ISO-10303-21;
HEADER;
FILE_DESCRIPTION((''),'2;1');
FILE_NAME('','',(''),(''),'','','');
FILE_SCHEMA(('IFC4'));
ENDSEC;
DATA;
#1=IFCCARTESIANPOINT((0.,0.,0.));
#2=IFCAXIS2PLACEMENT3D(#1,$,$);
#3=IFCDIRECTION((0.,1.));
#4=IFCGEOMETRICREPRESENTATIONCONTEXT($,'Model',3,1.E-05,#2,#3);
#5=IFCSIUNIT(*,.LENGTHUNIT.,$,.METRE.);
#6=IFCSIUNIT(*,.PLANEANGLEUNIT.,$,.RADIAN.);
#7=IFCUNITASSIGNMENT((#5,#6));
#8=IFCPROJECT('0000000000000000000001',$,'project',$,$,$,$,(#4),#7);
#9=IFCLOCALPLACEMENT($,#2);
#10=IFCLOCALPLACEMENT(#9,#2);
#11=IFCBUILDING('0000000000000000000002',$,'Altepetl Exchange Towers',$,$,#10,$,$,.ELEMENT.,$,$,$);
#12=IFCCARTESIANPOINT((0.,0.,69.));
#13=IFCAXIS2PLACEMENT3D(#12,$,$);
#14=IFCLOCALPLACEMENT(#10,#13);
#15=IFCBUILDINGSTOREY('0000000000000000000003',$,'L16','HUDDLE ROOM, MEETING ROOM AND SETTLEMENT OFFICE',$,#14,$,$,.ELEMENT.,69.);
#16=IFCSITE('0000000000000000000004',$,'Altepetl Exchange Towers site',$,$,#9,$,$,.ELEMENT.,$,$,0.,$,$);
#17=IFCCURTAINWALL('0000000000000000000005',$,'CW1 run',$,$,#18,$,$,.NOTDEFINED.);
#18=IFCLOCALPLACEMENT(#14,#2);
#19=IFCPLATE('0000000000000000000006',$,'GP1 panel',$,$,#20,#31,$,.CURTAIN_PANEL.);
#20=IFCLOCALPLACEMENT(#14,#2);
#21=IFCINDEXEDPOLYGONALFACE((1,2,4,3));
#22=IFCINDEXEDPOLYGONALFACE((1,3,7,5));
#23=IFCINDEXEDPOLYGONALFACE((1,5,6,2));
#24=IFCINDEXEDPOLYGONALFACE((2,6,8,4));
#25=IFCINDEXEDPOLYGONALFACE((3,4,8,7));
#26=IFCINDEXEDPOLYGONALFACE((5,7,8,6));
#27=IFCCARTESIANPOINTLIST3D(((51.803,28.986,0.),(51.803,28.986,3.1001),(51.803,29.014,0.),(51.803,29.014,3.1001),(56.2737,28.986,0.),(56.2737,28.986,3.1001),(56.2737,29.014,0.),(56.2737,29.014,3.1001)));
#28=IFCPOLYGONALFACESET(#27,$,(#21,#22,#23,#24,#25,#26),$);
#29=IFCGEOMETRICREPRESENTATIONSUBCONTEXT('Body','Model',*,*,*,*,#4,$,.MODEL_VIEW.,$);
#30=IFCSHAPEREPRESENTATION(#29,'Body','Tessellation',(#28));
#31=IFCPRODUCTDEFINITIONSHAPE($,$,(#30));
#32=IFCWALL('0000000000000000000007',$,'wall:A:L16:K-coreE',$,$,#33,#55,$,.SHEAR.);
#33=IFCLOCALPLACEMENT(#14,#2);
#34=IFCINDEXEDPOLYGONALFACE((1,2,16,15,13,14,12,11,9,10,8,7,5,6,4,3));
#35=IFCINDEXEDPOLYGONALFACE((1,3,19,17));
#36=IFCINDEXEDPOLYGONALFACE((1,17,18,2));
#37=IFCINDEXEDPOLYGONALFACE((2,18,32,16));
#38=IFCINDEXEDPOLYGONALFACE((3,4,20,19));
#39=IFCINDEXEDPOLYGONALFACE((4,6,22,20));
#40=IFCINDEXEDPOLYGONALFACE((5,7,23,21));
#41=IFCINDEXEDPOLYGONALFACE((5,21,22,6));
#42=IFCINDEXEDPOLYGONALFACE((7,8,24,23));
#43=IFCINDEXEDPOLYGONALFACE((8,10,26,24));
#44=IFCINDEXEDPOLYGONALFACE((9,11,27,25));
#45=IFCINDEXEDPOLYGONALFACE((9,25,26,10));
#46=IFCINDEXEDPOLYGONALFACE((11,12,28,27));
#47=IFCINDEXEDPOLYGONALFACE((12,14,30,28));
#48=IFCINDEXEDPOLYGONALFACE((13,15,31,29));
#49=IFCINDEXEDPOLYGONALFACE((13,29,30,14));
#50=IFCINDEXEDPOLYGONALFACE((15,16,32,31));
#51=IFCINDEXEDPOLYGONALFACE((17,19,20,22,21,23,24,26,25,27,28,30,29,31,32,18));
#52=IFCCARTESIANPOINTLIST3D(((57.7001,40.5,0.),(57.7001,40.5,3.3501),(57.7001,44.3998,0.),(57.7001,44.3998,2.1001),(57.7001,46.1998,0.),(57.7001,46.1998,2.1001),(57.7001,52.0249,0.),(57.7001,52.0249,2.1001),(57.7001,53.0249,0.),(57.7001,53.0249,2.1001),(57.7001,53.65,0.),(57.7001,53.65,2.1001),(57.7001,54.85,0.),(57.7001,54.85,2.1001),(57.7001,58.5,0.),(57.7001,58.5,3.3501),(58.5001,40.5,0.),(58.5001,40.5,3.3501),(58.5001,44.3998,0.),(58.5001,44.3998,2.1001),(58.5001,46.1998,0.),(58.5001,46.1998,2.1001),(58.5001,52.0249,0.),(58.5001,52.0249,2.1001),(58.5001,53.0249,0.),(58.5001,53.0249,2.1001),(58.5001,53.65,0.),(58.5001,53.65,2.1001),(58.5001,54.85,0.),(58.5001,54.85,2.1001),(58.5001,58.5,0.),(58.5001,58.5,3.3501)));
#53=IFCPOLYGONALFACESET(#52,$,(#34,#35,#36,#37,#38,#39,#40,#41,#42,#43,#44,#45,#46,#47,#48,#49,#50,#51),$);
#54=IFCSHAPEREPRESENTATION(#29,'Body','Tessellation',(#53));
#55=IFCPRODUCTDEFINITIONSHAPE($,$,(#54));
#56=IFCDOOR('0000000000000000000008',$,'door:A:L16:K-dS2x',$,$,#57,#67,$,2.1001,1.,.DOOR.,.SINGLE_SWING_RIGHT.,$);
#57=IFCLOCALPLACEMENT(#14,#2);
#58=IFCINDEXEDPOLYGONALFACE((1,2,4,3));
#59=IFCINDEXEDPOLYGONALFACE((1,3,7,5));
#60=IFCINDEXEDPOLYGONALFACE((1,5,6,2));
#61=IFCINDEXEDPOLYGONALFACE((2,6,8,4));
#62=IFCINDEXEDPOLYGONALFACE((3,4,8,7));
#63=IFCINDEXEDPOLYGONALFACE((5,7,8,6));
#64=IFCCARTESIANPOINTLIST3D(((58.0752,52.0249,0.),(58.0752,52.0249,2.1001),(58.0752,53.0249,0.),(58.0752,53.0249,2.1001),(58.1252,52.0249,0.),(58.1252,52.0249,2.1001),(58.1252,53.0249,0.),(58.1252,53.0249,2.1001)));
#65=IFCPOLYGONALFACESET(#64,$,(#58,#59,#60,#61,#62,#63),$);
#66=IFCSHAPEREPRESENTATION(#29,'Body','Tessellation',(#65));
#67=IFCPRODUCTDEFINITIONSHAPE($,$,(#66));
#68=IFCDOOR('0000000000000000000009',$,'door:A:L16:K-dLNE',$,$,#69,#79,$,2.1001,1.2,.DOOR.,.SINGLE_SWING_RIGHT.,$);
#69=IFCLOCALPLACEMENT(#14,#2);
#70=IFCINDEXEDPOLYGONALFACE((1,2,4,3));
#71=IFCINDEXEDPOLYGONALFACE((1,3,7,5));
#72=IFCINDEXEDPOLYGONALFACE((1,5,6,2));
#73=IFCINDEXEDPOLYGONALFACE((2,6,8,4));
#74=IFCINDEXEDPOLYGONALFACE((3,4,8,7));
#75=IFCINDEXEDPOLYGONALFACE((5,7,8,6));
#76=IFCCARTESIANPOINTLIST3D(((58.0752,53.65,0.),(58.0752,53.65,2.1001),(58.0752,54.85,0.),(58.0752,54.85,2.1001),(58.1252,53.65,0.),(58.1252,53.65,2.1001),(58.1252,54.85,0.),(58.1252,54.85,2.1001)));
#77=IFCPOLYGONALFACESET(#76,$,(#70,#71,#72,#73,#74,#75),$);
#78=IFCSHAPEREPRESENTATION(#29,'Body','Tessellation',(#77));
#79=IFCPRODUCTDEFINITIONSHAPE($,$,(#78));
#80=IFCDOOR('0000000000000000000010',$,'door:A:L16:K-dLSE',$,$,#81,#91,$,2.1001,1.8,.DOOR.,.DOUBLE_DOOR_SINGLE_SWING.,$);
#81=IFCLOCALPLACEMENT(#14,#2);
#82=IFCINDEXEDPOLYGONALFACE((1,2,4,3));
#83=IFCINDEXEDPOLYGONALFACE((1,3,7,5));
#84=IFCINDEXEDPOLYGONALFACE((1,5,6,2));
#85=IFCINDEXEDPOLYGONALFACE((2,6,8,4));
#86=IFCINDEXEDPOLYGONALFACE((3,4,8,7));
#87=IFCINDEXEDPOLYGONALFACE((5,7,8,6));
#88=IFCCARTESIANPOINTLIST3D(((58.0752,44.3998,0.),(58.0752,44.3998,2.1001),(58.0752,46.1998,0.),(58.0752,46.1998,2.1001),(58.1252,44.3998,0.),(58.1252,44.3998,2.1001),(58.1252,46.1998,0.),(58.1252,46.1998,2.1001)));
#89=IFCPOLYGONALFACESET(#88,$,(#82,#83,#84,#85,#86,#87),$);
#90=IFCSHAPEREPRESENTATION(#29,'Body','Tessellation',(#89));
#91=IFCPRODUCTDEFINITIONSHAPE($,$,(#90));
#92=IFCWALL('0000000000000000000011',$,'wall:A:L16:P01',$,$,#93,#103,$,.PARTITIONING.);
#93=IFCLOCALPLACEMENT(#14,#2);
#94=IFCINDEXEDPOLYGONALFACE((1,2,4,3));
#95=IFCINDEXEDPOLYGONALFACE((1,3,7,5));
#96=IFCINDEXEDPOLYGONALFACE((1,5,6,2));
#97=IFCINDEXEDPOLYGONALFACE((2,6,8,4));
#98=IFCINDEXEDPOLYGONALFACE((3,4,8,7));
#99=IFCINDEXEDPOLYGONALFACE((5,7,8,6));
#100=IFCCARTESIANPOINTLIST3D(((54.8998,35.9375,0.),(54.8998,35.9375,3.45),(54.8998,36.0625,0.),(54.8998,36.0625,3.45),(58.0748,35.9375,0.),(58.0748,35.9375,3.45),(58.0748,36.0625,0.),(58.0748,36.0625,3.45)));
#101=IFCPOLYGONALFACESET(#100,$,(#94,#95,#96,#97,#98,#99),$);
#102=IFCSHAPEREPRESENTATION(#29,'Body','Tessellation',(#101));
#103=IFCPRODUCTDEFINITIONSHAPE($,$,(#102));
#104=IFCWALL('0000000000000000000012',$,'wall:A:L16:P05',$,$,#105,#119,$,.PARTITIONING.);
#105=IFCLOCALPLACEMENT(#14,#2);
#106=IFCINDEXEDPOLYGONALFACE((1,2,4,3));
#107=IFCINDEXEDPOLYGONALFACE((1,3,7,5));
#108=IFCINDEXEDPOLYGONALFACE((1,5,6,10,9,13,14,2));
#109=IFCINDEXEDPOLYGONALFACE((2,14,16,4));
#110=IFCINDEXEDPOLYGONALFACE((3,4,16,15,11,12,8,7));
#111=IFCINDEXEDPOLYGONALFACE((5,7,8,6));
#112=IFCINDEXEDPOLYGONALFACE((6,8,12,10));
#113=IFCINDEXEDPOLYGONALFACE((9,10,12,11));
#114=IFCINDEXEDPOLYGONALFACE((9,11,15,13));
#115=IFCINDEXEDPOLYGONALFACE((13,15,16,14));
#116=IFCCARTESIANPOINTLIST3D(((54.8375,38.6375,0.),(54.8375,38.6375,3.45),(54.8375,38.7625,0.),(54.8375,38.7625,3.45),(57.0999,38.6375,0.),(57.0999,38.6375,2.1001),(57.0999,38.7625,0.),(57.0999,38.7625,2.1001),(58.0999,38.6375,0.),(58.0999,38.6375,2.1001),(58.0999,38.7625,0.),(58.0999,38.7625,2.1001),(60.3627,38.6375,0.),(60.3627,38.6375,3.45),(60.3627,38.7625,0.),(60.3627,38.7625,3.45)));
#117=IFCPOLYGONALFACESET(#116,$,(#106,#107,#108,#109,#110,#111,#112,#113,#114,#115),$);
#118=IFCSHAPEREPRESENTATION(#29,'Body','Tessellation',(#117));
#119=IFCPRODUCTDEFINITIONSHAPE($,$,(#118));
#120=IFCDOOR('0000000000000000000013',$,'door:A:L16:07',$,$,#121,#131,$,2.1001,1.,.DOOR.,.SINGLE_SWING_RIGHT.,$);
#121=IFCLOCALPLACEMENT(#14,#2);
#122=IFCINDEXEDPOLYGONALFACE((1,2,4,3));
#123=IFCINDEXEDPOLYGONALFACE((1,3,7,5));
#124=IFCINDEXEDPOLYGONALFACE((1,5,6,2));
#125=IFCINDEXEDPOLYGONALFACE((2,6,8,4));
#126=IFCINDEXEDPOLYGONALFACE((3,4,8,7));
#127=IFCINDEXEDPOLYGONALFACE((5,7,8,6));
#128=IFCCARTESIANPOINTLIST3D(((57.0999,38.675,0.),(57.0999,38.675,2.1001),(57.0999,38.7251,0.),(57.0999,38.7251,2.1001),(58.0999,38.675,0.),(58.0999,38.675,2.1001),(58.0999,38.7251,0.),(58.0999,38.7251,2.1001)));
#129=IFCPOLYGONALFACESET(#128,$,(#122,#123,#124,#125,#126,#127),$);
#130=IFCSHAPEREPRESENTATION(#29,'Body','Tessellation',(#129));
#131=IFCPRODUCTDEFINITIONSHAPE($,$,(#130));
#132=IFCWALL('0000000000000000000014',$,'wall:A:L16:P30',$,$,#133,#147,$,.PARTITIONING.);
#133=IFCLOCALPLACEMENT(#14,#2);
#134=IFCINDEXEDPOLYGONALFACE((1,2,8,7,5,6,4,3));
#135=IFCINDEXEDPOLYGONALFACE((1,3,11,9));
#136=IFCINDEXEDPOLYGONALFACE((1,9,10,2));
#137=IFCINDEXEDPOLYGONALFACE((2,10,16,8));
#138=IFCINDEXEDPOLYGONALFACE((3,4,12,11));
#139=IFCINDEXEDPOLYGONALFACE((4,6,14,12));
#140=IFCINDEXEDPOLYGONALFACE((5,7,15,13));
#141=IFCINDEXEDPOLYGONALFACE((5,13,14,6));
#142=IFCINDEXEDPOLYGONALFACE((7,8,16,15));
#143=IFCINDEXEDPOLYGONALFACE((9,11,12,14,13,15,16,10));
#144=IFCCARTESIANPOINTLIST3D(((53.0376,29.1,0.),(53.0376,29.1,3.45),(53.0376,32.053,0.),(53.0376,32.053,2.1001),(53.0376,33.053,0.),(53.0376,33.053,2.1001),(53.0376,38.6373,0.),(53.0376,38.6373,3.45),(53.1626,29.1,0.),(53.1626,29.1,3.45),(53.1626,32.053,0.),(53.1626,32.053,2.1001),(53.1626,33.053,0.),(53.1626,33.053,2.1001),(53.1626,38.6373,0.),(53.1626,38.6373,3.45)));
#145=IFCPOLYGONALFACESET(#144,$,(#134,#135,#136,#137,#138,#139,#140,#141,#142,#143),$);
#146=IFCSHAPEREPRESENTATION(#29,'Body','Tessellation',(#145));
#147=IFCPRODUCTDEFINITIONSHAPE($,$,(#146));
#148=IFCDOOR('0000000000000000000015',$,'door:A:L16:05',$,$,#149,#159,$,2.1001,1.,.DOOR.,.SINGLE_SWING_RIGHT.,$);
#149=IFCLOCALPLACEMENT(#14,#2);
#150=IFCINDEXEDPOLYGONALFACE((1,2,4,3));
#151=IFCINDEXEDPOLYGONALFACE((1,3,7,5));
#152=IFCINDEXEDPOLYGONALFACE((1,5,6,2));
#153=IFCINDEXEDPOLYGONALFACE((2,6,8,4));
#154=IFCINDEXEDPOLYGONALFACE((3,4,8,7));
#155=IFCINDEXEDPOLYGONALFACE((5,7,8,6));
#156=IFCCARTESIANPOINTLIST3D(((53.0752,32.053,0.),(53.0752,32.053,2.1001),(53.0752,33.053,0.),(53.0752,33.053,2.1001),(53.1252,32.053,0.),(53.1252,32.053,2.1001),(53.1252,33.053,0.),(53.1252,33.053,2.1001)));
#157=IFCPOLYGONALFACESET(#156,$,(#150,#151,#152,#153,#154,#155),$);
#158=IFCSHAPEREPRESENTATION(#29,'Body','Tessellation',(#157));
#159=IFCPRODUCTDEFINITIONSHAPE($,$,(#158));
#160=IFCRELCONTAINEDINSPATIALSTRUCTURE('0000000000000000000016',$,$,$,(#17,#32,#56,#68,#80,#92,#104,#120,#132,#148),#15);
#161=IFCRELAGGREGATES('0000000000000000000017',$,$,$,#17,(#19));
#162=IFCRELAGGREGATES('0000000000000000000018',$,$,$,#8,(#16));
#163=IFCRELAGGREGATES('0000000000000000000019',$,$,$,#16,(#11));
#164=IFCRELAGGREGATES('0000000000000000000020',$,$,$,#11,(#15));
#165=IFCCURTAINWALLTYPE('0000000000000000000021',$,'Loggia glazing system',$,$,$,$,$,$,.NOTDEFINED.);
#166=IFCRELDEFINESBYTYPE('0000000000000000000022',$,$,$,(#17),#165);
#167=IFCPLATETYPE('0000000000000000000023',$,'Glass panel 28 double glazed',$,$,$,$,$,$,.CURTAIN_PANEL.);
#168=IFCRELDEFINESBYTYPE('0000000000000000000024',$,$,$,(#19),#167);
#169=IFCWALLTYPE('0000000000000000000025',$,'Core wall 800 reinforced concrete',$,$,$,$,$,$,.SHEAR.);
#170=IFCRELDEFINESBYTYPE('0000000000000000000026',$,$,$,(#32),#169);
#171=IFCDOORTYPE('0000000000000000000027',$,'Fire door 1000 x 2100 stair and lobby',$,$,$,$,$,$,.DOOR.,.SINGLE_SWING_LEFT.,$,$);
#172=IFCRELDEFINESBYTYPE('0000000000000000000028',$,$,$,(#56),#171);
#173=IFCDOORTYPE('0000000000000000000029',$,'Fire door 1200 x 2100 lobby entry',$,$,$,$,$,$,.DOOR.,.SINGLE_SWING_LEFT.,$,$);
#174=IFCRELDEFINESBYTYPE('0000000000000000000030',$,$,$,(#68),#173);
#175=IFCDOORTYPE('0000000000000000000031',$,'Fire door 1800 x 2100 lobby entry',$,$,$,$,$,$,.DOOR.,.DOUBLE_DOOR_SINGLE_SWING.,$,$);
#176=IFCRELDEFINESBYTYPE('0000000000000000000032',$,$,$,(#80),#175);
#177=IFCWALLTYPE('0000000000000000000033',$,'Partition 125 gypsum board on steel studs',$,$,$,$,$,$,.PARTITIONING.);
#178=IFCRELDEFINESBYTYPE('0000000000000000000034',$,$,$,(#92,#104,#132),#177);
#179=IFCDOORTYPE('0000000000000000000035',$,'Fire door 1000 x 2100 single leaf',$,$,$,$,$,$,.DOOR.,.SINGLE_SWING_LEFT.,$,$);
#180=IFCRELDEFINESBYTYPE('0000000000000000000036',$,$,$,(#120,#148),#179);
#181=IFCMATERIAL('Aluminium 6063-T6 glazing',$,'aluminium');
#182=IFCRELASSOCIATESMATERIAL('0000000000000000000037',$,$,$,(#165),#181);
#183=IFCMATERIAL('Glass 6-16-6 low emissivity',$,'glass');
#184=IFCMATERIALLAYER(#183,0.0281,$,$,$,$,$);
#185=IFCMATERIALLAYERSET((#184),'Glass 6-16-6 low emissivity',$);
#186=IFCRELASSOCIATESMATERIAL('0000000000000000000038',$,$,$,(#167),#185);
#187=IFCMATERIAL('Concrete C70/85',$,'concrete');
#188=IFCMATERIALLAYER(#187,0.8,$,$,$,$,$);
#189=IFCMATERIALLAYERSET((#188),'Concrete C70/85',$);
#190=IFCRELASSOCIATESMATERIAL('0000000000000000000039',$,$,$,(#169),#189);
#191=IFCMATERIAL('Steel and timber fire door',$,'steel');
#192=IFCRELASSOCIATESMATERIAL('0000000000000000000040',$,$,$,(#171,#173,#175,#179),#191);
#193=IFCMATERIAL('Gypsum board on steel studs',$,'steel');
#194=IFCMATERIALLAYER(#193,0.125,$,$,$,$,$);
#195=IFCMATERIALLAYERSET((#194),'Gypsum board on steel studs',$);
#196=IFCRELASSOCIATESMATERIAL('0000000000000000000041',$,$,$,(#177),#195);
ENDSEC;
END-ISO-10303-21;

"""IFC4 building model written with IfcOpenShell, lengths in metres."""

from ifc_helpers import new_model, si_unit, direction, frame, frame_2d, origin, origin_2d, place, context, subcontext, project, spatial, rectangle, extrude, material, layer, layer_set, type_object, element, fill, aggregate, save


model = new_model("IFC4")

# Units and contexts
model_context = context("Model", 3, precision=1e-05, world=origin(), true_north=direction((0.0, 1.0)))
body_context = subcontext(model_context, "Body", "Model", "MODEL_VIEW")
ifc_project = project(units=[si_unit("LENGTHUNIT", "METRE"), si_unit("PLANEANGLEUNIT", "RADIAN")], contexts=[model_context])

# Site, building, storey
site_placement = place(None, origin())
site = spatial("IfcSite", under=ifc_project, at=site_placement, Name="Altepetl Exchange Towers site", CompositionType="ELEMENT", RefElevation=0.0)
building_placement = place(site_placement, origin())
building = spatial("IfcBuilding", under=site, at=building_placement, Name="Altepetl Exchange Towers", CompositionType="ELEMENT")
storey_placement = place(building_placement, frame((0.0, 0.0, 69.0)))
storey = spatial("IfcBuildingStorey", under=building, at=storey_placement, Name="L16", Description="HUDDLE ROOM, MEETING ROOM AND SETTLEMENT OFFICE", CompositionType="ELEMENT", Elevation=69.0)

# Shared definitions
ifc_material_1 = material(Name="Concrete C70/85", Category="concrete")

# Curtain wall
ifc_material_2 = material(Name="Aluminium 6063-T6 glazing", Category="aluminium")
curtain_wall_type = type_object("IfcCurtainWallType", Name="Loggia glazing system", PredefinedType="NOTDEFINED", material=ifc_material_2)
curtain_wall_placement = place(storey_placement, origin())
curtain_wall = element("IfcCurtainWall", 1, at=curtain_wall_placement, inside=storey, type_object=curtain_wall_type, Name="CW1 run", PredefinedType="NOTDEFINED")

# Plate
ifc_material_3 = material(Name="Glass 6-16-6 low emissivity", Category="glass")
ifc_layer_1 = layer(ifc_material_3, 0.0281)
ifc_layer_set_1 = layer_set([ifc_layer_1], Name="Glass 6-16-6 low emissivity")
plate_type = type_object("IfcPlateType", Name="Glass panel 28 double glazed", PredefinedType="CURTAIN_PANEL", material=ifc_layer_set_1)
plate_placement = place(storey_placement, frame((54.0383, 29.0, 0.0)))
plate = element("IfcPlate", 2, at=plate_placement, type_object=plate_type, Name="GP1 panel", PredefinedType="CURTAIN_PANEL", context=body_context, shape_type="SweptSolid", body=[
    extrude(rectangle(XDim=4.4707, YDim=0.0281, at=origin_2d()), origin(), (0.0, 0.0, 1.0), 3.1001),
])
aggregate(curtain_wall, [plate])

# Wall, openings, doors
ifc_layer_2 = layer(ifc_material_1, 0.8)
ifc_layer_set_2 = layer_set([ifc_layer_2], Name="Concrete C70/85")
wall_type_1 = type_object("IfcWallType", Name="Core wall 800 reinforced concrete", PredefinedType="SHEAR", material=ifc_layer_set_2)
wall_1_placement = place(storey_placement, frame((58.1001, 40.5, 0.0), z_axis=(0.0, 0.0, 1.0), x_axis=(0.0, 1.0, 0.0)))
wall_1 = element("IfcWall", 3, at=wall_1_placement, inside=storey, type_object=wall_type_1, Name="wall:A:L16:K-coreE", PredefinedType="SHEAR", context=body_context, shape_type="SweptSolid", body=[
    extrude(rectangle(XDim=18.0, YDim=0.8, at=frame_2d((9.0, 0.0))), origin(), (0.0, 0.0, 1.0), 3.3501),
])
opening_1_placement = place(wall_1_placement, frame((13.1499, 0.0, 0.0)))
opening_1 = element("IfcOpeningElement", 4, at=opening_1_placement, cuts=wall_1, PredefinedType="OPENING", context=body_context, shape_type="SweptSolid", body=[
    extrude(rectangle(XDim=1.2, YDim=2.1001, at=frame_2d((0.6001, 1.05))), frame((0.0, 0.4102, 0.0), z_axis=(0.0, -1.0, 0.0), x_axis=(1.0, 0.0, 0.0)), (0.0, 0.0, 1.0), 0.8201),
])
opening_2_placement = place(wall_1_placement, frame((3.8999, 0.0, 0.0)))
opening_2 = element("IfcOpeningElement", 5, at=opening_2_placement, cuts=wall_1, PredefinedType="OPENING", context=body_context, shape_type="SweptSolid", body=[
    extrude(rectangle(XDim=1.8, YDim=2.1001, at=frame_2d((0.8999, 1.05))), frame((0.0, 0.4102, 0.0), z_axis=(0.0, -1.0, 0.0), x_axis=(1.0, 0.0, 0.0)), (0.0, 0.0, 1.0), 0.8201),
])
opening_3_placement = place(wall_1_placement, frame((11.5249, 0.0, 0.0)))
opening_3 = element("IfcOpeningElement", 6, at=opening_3_placement, cuts=wall_1, PredefinedType="OPENING", context=body_context, shape_type="SweptSolid", body=[
    extrude(rectangle(XDim=1.0, YDim=2.1001, at=frame_2d((0.5, 1.05))), frame((0.0, 0.4102, 0.0), z_axis=(0.0, -1.0, 0.0), x_axis=(1.0, 0.0, 0.0)), (0.0, 0.0, 1.0), 0.8201),
])
ifc_material_4 = material(Name="Steel and timber fire door", Category="steel")
door_type_1 = type_object("IfcDoorType", Name="Fire door 1000 x 2100 stair and lobby", OperationType="SINGLE_SWING_LEFT", PredefinedType="DOOR", material=ifc_material_4)
door_1_placement = place(opening_3_placement, origin())
door_1 = element("IfcDoor", 7, at=door_1_placement, inside=storey, type_object=door_type_1, Name="door:A:L16:K-dS2x", OperationType="SINGLE_SWING_RIGHT", OverallHeight=2.1001, OverallWidth=1.0, PredefinedType="DOOR", context=body_context, shape_type="SweptSolid", body=[
    extrude(rectangle(XDim=1.0, YDim=2.1001, at=frame_2d((0.5, 1.05))), frame((0.0, 0.0249, 0.0), z_axis=(0.0, -1.0, 0.0), x_axis=(1.0, 0.0, 0.0)), (0.0, 0.0, 1.0), 0.05),
])
fill(opening_3, door_1)
door_type_2 = type_object("IfcDoorType", Name="Fire door 1200 x 2100 lobby entry", OperationType="SINGLE_SWING_LEFT", PredefinedType="DOOR", material=ifc_material_4)
door_2_placement = place(opening_1_placement, origin())
door_2 = element("IfcDoor", 8, at=door_2_placement, inside=storey, type_object=door_type_2, Name="door:A:L16:K-dLNE", OperationType="SINGLE_SWING_RIGHT", OverallHeight=2.1001, OverallWidth=1.2, PredefinedType="DOOR", context=body_context, shape_type="SweptSolid", body=[
    extrude(rectangle(XDim=1.2, YDim=2.1001, at=frame_2d((0.6001, 1.05))), frame((0.0, 0.0249, 0.0), z_axis=(0.0, -1.0, 0.0), x_axis=(1.0, 0.0, 0.0)), (0.0, 0.0, 1.0), 0.05),
])
fill(opening_1, door_2)
door_type_3 = type_object("IfcDoorType", Name="Fire door 1800 x 2100 lobby entry", OperationType="DOUBLE_DOOR_SINGLE_SWING", PredefinedType="DOOR", material=ifc_material_4)
door_3_placement = place(opening_2_placement, origin())
door_3 = element("IfcDoor", 9, at=door_3_placement, inside=storey, type_object=door_type_3, Name="door:A:L16:K-dLSE", OperationType="DOUBLE_DOOR_SINGLE_SWING", OverallHeight=2.1001, OverallWidth=1.8, PredefinedType="DOOR", context=body_context, shape_type="SweptSolid", body=[
    extrude(rectangle(XDim=1.8, YDim=2.1001, at=frame_2d((0.8999, 1.05))), frame((0.0, 0.0249, 0.0), z_axis=(0.0, -1.0, 0.0), x_axis=(1.0, 0.0, 0.0)), (0.0, 0.0, 1.0), 0.05),
])
fill(opening_2, door_3)

# Wall
ifc_material_5 = material(Name="Gypsum board on steel studs", Category="steel")
ifc_layer_3 = layer(ifc_material_5, 0.125)
ifc_layer_set_3 = layer_set([ifc_layer_3], Name="Gypsum board on steel studs")
wall_type_2 = type_object("IfcWallType", Name="Partition 125 gypsum board on steel studs", PredefinedType="PARTITIONING", material=ifc_layer_set_3)
wall_2_placement = place(storey_placement, frame((54.8999, 36.0, 0.0)))
element("IfcWall", 10, at=wall_2_placement, inside=storey, type_object=wall_type_2, Name="wall:A:L16:P01", PredefinedType="PARTITIONING", context=body_context, shape_type="SweptSolid", body=[
    extrude(rectangle(XDim=3.175, YDim=0.125, at=frame_2d((1.5874, 0.0))), origin(), (0.0, 0.0, 1.0), 3.45),
])

# Walls, openings, doors
wall_3_placement = place(storey_placement, frame((54.8374, 38.7, 0.0)))
wall_3 = element("IfcWall", 11, at=wall_3_placement, inside=storey, type_object=wall_type_2, Name="wall:A:L16:P05", PredefinedType="PARTITIONING", context=body_context, shape_type="SweptSolid", body=[
    extrude(rectangle(XDim=5.5251, YDim=0.125, at=frame_2d((2.7627, 0.0))), origin(), (0.0, 0.0, 1.0), 3.45),
])
opening_4_placement = place(wall_3_placement, frame((2.2625, 0.0, 0.0)))
opening_4 = element("IfcOpeningElement", 12, at=opening_4_placement, cuts=wall_3, PredefinedType="OPENING", context=body_context, shape_type="SweptSolid", body=[
    extrude(rectangle(XDim=1.0, YDim=2.1001, at=frame_2d((0.5, 1.05))), frame((0.0, 0.0725, 0.0), z_axis=(0.0, -1.0, 0.0), x_axis=(1.0, 0.0, 0.0)), (0.0, 0.0, 1.0), 0.145),
])
door_type_4 = type_object("IfcDoorType", Name="Fire door 1000 x 2100 single leaf", OperationType="SINGLE_SWING_LEFT", PredefinedType="DOOR", material=ifc_material_4)
door_4_placement = place(opening_4_placement, frame((1.0, 0.0, 0.0), x_axis=(-1.0, 0.0, 0.0)))
door_4 = element("IfcDoor", 13, at=door_4_placement, inside=storey, type_object=door_type_4, Name="door:A:L16:07", OperationType="SINGLE_SWING_RIGHT", OverallHeight=2.1001, OverallWidth=1.0, PredefinedType="DOOR", context=body_context, shape_type="SweptSolid", body=[
    extrude(rectangle(XDim=1.0, YDim=2.1001, at=frame_2d((0.5, 1.05))), frame((0.0, 0.0249, 0.0), z_axis=(0.0, -1.0, 0.0), x_axis=(1.0, 0.0, 0.0)), (0.0, 0.0, 1.0), 0.05),
])
fill(opening_4, door_4)
wall_4_placement = place(storey_placement, frame((53.1001, 29.1001, 0.0), z_axis=(0.0, 0.0, 1.0), x_axis=(0.0, 1.0, 0.0)))
wall_4 = element("IfcWall", 14, at=wall_4_placement, inside=storey, type_object=wall_type_2, Name="wall:A:L16:P30", PredefinedType="PARTITIONING", context=body_context, shape_type="SweptSolid", body=[
    extrude(rectangle(XDim=9.5374, YDim=0.125, at=frame_2d((4.7686, 0.0))), origin(), (0.0, 0.0, 1.0), 3.45),
])
opening_5_placement = place(wall_4_placement, frame((2.9529, 0.0, 0.0)))
opening_5 = element("IfcOpeningElement", 15, at=opening_5_placement, cuts=wall_4, PredefinedType="OPENING", context=body_context, shape_type="SweptSolid", body=[
    extrude(rectangle(XDim=1.0, YDim=2.1001, at=frame_2d((0.5, 1.05))), frame((0.0, 0.0725, 0.0), z_axis=(0.0, -1.0, 0.0), x_axis=(1.0, 0.0, 0.0)), (0.0, 0.0, 1.0), 0.145),
])
door_5_placement = place(opening_5_placement, origin())
door_5 = element("IfcDoor", 16, at=door_5_placement, inside=storey, type_object=door_type_4, Name="door:A:L16:05", OperationType="SINGLE_SWING_RIGHT", OverallHeight=2.1001, OverallWidth=1.0, PredefinedType="DOOR", context=body_context, shape_type="SweptSolid", body=[
    extrude(rectangle(XDim=1.0, YDim=2.1001, at=frame_2d((0.5, 1.05))), frame((0.0, 0.0249, 0.0), z_axis=(0.0, -1.0, 0.0), x_axis=(1.0, 0.0, 0.0)), (0.0, 0.0, 1.0), 0.05),
])
fill(opening_5, door_5)

save(model, "model.ifc")
